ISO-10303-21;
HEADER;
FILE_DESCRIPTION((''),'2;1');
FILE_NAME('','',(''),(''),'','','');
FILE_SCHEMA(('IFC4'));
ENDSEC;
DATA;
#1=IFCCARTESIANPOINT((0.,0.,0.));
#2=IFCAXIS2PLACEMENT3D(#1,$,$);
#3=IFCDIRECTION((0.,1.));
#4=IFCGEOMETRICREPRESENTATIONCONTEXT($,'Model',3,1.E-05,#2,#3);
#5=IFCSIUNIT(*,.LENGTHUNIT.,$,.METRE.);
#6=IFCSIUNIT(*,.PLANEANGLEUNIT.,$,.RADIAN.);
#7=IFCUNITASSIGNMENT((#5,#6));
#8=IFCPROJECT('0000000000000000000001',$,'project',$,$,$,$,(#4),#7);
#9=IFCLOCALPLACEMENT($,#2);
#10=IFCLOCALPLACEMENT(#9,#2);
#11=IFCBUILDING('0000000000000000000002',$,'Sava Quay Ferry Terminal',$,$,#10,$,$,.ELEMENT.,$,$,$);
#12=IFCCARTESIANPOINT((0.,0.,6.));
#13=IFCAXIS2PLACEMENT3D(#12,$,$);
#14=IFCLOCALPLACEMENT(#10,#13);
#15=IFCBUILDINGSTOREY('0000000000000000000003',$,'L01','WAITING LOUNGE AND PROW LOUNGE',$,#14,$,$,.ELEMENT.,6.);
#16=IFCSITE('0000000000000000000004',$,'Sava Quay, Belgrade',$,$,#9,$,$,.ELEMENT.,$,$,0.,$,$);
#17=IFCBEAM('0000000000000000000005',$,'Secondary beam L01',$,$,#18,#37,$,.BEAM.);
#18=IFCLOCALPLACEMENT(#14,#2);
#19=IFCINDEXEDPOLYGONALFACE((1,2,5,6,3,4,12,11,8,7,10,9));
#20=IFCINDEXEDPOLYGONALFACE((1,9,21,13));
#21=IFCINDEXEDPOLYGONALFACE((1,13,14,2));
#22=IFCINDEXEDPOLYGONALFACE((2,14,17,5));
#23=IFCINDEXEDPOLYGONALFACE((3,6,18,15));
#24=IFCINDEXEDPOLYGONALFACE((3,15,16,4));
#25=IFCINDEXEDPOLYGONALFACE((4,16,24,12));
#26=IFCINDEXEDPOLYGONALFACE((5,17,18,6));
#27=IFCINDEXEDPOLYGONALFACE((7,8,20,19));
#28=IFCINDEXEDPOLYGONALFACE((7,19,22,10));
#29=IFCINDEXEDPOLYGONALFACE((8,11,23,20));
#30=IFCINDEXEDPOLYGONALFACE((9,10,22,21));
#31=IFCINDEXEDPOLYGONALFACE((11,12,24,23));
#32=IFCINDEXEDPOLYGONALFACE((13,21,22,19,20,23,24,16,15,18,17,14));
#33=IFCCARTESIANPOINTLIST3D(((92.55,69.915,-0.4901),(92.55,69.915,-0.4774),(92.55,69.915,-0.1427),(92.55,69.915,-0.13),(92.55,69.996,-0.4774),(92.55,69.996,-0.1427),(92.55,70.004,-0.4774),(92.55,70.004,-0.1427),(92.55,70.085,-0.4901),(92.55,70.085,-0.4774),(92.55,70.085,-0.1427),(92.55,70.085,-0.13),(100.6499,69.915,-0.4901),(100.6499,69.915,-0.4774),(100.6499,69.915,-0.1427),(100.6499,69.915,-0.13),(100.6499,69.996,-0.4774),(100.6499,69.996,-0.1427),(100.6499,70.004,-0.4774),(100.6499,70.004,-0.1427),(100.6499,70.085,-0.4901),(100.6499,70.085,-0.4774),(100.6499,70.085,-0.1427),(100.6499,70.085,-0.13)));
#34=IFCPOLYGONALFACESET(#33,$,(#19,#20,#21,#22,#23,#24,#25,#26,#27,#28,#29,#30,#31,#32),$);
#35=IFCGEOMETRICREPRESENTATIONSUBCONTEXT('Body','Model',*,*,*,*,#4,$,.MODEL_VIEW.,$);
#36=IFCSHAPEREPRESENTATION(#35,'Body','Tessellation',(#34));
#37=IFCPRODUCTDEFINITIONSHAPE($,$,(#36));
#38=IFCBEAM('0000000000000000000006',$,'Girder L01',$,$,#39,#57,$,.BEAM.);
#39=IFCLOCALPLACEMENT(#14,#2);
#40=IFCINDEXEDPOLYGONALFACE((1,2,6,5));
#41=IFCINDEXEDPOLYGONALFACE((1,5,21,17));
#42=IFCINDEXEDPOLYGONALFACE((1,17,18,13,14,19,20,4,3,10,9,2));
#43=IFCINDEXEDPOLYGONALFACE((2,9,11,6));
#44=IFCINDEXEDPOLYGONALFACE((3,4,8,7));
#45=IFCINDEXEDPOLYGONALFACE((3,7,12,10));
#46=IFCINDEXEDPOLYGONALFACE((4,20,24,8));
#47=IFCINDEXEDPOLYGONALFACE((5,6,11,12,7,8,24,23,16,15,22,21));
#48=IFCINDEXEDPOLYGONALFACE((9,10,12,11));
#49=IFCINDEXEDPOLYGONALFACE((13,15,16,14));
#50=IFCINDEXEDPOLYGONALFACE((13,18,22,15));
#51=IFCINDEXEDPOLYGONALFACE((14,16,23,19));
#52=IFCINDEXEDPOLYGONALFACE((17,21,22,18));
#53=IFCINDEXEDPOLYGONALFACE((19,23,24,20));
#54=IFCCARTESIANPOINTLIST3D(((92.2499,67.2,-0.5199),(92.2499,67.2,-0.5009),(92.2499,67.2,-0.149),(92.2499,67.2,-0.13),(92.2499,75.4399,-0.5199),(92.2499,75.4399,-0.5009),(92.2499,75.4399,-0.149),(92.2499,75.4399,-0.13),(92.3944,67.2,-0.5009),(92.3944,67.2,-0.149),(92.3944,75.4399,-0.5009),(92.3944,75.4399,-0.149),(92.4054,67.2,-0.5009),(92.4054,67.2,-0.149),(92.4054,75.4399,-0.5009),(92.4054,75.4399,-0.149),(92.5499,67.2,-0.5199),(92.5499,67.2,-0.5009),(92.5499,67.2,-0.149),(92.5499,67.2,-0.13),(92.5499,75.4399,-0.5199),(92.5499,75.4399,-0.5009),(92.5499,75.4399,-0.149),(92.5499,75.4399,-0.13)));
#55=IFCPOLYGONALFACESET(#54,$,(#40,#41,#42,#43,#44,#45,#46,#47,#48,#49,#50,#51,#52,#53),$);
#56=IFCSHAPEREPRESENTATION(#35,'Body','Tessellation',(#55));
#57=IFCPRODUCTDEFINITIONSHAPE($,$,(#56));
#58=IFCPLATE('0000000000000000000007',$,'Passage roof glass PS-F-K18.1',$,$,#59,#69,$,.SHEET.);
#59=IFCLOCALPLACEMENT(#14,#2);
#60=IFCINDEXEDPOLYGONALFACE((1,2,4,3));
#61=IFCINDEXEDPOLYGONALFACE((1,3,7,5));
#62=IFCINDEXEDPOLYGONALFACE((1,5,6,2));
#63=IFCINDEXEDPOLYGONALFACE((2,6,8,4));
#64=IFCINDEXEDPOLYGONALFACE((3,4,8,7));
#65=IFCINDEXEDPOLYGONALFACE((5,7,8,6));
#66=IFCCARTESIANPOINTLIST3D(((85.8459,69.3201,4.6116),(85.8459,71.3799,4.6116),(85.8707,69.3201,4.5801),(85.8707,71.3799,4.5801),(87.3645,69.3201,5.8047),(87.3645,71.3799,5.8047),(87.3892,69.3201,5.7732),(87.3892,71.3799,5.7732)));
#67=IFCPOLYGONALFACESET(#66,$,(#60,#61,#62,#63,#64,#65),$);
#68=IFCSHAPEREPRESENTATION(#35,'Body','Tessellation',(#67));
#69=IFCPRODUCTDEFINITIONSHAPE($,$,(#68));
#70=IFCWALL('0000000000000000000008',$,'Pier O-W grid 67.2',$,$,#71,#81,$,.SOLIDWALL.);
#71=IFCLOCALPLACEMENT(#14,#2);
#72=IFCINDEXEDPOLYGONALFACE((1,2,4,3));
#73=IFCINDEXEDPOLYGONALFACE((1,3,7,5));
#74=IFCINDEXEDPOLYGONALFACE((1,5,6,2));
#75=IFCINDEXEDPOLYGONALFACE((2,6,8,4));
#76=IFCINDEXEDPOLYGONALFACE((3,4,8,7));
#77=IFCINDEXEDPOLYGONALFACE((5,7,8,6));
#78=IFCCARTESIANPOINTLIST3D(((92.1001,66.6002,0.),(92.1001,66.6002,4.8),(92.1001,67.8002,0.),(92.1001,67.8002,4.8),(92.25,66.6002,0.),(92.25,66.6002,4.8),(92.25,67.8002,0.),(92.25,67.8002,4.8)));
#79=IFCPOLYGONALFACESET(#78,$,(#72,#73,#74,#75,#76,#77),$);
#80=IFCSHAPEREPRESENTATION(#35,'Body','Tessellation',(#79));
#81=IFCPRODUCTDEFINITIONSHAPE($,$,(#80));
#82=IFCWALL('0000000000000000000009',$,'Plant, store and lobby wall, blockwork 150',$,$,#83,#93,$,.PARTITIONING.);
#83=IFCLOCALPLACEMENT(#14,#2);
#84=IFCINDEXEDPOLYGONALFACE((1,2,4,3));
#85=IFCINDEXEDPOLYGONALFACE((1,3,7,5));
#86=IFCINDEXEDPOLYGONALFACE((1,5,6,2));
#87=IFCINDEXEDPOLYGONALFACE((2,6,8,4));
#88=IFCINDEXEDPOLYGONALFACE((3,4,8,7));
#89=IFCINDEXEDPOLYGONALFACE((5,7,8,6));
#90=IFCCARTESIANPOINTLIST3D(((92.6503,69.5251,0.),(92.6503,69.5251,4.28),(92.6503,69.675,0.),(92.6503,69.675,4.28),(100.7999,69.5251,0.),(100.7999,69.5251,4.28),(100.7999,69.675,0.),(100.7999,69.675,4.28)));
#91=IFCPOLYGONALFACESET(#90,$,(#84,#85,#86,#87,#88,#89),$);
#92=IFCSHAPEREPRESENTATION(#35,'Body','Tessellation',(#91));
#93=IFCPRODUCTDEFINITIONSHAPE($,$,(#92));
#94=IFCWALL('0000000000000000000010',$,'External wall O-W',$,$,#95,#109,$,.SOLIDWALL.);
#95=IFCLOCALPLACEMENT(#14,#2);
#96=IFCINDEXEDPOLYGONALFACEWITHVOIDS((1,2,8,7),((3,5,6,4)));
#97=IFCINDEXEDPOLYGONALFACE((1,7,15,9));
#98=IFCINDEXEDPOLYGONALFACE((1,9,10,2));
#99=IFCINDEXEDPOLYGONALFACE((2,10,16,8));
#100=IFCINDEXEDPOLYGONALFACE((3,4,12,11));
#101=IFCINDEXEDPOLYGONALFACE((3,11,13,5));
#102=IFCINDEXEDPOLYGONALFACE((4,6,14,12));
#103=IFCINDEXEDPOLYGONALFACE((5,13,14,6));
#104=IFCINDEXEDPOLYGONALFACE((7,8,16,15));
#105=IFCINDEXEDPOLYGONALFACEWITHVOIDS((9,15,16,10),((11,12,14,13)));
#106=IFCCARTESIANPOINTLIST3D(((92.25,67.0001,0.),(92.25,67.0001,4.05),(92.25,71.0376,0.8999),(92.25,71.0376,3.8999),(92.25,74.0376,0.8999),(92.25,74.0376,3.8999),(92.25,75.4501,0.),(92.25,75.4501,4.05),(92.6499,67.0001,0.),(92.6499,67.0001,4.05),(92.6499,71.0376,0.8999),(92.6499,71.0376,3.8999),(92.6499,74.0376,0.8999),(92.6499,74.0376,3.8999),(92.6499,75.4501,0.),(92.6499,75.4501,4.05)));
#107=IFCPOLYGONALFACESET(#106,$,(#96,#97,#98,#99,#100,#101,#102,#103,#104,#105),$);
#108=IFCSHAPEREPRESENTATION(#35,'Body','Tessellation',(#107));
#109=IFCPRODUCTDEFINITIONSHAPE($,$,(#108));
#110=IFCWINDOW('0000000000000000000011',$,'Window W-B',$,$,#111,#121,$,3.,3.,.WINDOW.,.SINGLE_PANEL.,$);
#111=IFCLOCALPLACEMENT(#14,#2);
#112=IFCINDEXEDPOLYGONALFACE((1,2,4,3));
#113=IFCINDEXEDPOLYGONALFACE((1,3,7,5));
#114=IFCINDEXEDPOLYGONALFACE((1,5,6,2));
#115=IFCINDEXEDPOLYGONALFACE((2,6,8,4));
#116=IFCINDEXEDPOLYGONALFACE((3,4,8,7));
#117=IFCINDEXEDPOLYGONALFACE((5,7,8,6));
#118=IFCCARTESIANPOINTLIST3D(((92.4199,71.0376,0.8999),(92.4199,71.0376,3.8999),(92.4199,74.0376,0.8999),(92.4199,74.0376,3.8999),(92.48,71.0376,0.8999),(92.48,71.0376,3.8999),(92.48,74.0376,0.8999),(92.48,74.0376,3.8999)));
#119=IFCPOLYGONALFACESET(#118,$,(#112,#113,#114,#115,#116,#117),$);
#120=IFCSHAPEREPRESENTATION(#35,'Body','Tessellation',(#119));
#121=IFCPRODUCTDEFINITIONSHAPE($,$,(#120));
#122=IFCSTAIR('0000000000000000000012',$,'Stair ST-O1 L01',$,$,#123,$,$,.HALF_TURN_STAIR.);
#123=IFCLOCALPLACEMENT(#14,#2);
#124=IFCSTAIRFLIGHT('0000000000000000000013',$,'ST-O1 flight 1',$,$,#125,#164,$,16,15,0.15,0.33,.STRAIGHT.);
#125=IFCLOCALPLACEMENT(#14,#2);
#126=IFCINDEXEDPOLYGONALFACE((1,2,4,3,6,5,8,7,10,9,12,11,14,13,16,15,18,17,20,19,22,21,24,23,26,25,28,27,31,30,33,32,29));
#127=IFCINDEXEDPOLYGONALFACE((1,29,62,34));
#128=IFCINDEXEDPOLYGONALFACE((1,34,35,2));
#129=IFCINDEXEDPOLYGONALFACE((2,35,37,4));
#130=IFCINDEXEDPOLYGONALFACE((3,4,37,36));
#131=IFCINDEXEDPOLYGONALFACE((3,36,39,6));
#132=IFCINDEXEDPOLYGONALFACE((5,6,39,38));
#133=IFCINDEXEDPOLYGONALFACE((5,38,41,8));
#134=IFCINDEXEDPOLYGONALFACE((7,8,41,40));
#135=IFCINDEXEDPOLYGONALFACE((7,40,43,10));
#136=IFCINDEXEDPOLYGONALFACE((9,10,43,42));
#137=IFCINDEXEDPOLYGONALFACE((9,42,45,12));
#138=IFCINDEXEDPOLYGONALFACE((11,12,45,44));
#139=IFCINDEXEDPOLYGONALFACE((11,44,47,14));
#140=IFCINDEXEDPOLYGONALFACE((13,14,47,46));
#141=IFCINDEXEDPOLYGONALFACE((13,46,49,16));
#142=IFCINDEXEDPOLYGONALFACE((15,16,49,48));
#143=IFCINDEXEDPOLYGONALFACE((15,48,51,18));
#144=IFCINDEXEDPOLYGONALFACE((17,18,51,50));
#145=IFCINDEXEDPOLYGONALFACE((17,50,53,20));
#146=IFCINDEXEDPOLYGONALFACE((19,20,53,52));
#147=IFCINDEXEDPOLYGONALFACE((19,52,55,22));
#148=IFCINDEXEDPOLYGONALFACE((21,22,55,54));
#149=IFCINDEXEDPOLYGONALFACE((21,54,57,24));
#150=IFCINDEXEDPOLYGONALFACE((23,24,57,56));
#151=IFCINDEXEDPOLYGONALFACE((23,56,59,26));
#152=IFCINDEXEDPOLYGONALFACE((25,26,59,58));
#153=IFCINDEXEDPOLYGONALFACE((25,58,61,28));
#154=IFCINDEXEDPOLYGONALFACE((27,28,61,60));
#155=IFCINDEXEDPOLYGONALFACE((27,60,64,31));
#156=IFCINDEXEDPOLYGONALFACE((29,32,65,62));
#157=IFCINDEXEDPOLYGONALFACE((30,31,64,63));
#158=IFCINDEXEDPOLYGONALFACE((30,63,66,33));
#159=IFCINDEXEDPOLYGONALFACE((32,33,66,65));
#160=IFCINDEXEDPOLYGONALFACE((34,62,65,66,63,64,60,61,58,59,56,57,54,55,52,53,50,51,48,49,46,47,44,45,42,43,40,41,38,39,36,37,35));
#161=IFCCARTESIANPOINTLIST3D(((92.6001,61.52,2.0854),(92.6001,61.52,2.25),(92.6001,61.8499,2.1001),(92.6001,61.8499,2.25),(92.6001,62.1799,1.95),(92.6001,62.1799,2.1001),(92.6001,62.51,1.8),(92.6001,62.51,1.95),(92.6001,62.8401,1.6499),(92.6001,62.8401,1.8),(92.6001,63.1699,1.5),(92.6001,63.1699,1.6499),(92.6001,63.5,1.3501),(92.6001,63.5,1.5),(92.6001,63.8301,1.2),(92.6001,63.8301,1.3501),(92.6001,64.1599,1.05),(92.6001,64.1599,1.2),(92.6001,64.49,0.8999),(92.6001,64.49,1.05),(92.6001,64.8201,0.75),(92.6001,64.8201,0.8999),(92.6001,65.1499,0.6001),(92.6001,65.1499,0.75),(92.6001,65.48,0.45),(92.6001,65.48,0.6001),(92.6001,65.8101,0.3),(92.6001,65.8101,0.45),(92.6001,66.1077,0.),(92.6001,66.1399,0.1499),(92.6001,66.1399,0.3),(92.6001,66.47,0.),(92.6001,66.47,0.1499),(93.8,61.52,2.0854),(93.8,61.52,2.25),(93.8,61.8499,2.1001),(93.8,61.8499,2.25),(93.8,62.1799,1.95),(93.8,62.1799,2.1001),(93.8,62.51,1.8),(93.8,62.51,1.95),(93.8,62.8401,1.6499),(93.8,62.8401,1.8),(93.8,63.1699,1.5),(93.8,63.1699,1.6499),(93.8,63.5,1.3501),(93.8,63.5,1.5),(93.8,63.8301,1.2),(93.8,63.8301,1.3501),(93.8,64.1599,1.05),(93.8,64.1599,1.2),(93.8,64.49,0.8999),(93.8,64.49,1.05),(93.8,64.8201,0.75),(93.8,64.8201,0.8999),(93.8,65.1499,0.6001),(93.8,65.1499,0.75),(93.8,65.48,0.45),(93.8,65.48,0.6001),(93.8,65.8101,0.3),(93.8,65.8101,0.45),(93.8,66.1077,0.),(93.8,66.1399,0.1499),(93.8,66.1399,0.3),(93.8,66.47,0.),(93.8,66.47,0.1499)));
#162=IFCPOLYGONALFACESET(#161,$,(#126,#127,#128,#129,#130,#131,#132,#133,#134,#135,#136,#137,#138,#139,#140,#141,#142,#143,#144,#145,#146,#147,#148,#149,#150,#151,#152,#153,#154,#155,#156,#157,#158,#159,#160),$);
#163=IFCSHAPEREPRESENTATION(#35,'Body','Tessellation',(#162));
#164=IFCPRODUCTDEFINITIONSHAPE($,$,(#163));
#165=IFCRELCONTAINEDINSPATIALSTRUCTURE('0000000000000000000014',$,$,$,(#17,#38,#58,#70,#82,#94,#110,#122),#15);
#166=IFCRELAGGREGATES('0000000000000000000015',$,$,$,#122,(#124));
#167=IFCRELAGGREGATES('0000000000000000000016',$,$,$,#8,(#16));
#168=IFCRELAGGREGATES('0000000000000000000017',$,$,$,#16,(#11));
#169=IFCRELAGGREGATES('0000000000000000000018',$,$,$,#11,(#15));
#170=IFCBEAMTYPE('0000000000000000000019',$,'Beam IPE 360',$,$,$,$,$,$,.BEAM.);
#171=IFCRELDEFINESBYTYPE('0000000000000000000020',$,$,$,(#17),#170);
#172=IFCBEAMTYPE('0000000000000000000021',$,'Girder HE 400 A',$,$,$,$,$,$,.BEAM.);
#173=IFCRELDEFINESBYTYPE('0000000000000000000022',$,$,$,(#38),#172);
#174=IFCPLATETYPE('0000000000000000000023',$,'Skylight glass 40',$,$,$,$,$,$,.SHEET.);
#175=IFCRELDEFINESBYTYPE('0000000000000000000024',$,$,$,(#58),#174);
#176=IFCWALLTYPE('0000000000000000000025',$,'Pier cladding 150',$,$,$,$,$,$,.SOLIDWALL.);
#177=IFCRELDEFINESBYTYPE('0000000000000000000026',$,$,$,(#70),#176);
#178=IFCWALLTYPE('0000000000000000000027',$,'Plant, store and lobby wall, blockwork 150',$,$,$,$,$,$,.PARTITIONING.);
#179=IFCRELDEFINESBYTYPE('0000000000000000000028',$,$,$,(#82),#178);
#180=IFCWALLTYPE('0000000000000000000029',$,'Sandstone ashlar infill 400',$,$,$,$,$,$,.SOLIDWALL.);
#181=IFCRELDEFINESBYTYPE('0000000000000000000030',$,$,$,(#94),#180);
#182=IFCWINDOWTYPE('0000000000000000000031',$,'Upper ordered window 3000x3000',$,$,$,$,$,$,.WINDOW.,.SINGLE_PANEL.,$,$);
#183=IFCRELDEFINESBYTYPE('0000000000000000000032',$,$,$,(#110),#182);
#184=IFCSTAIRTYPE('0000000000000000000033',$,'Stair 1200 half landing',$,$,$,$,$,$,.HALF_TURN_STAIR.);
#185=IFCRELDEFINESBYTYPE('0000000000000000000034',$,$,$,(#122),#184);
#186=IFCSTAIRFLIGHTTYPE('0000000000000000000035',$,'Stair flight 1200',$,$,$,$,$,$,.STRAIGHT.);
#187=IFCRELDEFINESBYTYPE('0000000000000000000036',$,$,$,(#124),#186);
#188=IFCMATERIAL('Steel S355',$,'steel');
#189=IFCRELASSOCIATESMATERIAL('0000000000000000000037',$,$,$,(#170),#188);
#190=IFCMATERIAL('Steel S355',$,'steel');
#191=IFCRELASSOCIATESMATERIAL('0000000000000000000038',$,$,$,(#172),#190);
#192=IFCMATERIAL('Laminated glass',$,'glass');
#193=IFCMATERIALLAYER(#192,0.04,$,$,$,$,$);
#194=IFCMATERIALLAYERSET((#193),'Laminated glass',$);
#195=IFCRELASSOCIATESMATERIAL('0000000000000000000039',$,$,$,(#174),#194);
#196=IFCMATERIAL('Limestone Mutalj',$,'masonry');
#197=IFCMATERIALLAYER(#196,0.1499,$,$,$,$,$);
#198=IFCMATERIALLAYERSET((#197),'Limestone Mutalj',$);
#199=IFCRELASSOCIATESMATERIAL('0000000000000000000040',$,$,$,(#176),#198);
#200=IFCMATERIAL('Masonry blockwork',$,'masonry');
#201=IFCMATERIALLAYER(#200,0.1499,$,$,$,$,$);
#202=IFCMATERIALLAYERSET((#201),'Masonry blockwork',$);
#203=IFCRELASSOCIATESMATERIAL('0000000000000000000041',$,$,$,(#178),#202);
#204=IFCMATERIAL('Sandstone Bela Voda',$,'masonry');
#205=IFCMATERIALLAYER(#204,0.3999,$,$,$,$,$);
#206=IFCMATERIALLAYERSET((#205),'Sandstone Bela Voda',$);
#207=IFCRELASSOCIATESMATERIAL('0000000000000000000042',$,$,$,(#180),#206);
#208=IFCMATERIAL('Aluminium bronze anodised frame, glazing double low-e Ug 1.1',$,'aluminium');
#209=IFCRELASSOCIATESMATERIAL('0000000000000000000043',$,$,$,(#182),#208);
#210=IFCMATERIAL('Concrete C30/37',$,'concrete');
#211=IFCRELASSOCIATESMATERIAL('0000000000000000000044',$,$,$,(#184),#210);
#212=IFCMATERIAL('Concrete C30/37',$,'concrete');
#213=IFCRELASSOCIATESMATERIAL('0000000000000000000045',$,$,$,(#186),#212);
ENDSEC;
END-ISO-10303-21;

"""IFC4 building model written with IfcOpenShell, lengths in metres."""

from ifc_helpers import new_model, si_unit, direction, frame, frame_2d, origin, origin_2d, place, context, subcontext, project, spatial, polyline, rectangle, i_section, outline, extrude, material, layer, layer_set, material_profile, profile_set, type_object, element, fill, aggregate, save


model = new_model("IFC4")

# Units and contexts
model_context = context("Model", 3, precision=1e-05, world=origin(), true_north=direction((0.0, 1.0)))
body_context = subcontext(model_context, "Body", "Model", "MODEL_VIEW")
ifc_project = project(units=[si_unit("LENGTHUNIT", "METRE"), si_unit("PLANEANGLEUNIT", "RADIAN")], contexts=[model_context])

# Site, building, storey
site_placement = place(None, origin())
site = spatial("IfcSite", under=ifc_project, at=site_placement, Name="Sava Quay, Belgrade", CompositionType="ELEMENT", RefElevation=0.0)
building_placement = place(site_placement, origin())
building = spatial("IfcBuilding", under=site, at=building_placement, Name="Sava Quay Ferry Terminal", CompositionType="ELEMENT")
storey_placement = place(building_placement, frame((0.0, 0.0, 6.0)))
storey = spatial("IfcBuildingStorey", under=building, at=storey_placement, Name="L01", Description="WAITING LOUNGE AND PROW LOUNGE", CompositionType="ELEMENT", Elevation=6.0)

# Beams
ifc_material_1 = material(Name="Steel S355", Category="steel")
ifc_material_profile_1 = material_profile(ifc_material_1, i_section(OverallWidth=0.1699, OverallDepth=0.3601, WebThickness=0.0081, FlangeThickness=0.0127, at=origin_2d()), Name="IPE 360")
ifc_profile_set_1 = profile_set([ifc_material_profile_1], Name="Steel S355")
beam_type_1 = type_object("IfcBeamType", Name="Beam IPE 360", PredefinedType="BEAM", material=ifc_profile_set_1)
beam_1_placement = place(storey_placement, frame((92.55, 70.0, -0.3101), z_axis=(1.0, 0.0, 0.0), x_axis=(0.0, 1.0, 0.0)))
element("IfcBeam", 1, at=beam_1_placement, inside=storey, type_object=beam_type_1, Name="Secondary beam L01", PredefinedType="BEAM", context=body_context, shape_type="SweptSolid", body=[
    extrude(i_section(OverallWidth=0.1699, OverallDepth=0.3601, WebThickness=0.0081, FlangeThickness=0.0127, at=origin_2d()), origin(), (0.0, 0.0, 1.0), 8.0999),
])
ifc_material_2 = material(Name="Steel S355", Category="steel")
ifc_material_profile_2 = material_profile(ifc_material_2, i_section(OverallWidth=0.3, OverallDepth=0.3899, WebThickness=0.011, FlangeThickness=0.019, at=origin_2d()), Name="HE 400 A")
ifc_profile_set_2 = profile_set([ifc_material_profile_2], Name="Steel S355")
beam_type_2 = type_object("IfcBeamType", Name="Girder HE 400 A", PredefinedType="BEAM", material=ifc_profile_set_2)
beam_2_placement = place(storey_placement, frame((92.3999, 67.2, -0.325), z_axis=(0.0, 1.0, 0.0), x_axis=(-1.0, 0.0, 0.0)))
element("IfcBeam", 2, at=beam_2_placement, inside=storey, type_object=beam_type_2, Name="Girder L01", PredefinedType="BEAM", context=body_context, shape_type="SweptSolid", body=[
    extrude(i_section(OverallWidth=0.3, OverallDepth=0.3899, WebThickness=0.011, FlangeThickness=0.019, at=origin_2d()), origin(), (0.0, 0.0, 1.0), 8.24),
])

# Plate
ifc_material_3 = material(Name="Laminated glass", Category="glass")
ifc_layer_1 = layer(ifc_material_3, 0.04)
ifc_layer_set_1 = layer_set([ifc_layer_1], Name="Laminated glass")
plate_type = type_object("IfcPlateType", Name="Skylight glass 40", PredefinedType="SHEET", material=ifc_layer_set_1)
plate_placement = place(storey_placement, frame((85.8459, 71.3799, 4.6116), z_axis=(-0.61781, 0.0, 0.786327), x_axis=(0.786327, 0.0, 0.61781)))
element("IfcPlate", 3, at=plate_placement, inside=storey, type_object=plate_type, Name="Passage roof glass PS-F-K18.1", PredefinedType="SHEET", context=body_context, shape_type="SweptSolid", body=[
    extrude(outline(polyline([(0.0, 0.0), (1.9312, 0.0), (1.9312, -2.0598), (0.0, -2.0598), (0.0, 0.0)])), origin(), (0.0, 0.0, -1.0), 0.04),
])

# Walls
ifc_material_4 = material(Name="Limestone Mutalj", Category="masonry")
ifc_layer_2 = layer(ifc_material_4, 0.1499)
ifc_layer_set_2 = layer_set([ifc_layer_2], Name="Limestone Mutalj")
wall_type_1 = type_object("IfcWallType", Name="Pier cladding 150", PredefinedType="SOLIDWALL", material=ifc_layer_set_2)
wall_1_placement = place(storey_placement, frame((92.175, 66.6001, 0.0), z_axis=(0.0, 0.0, 1.0), x_axis=(0.0, 1.0, 0.0)))
element("IfcWall", 4, at=wall_1_placement, inside=storey, type_object=wall_type_1, Name="Pier O-W grid 67.2", PredefinedType="SOLIDWALL", context=body_context, shape_type="SweptSolid", body=[
    extrude(rectangle(XDim=1.2, YDim=0.1499, at=frame_2d((0.6001, 0.0))), origin(), (0.0, 0.0, 1.0), 4.8),
])
ifc_material_5 = material(Name="Masonry blockwork", Category="masonry")
ifc_layer_3 = layer(ifc_material_5, 0.1499)
ifc_layer_set_3 = layer_set([ifc_layer_3], Name="Masonry blockwork")
wall_type_2 = type_object("IfcWallType", Name="Plant, store and lobby wall, blockwork 150", PredefinedType="PARTITIONING", material=ifc_layer_set_3)
wall_2_placement = place(storey_placement, frame((92.6504, 69.6001, 0.0), z_axis=(0.0, 0.0, 1.0), x_axis=(1.0, 0.0, 0.0)))
element("IfcWall", 5, at=wall_2_placement, inside=storey, type_object=wall_type_2, Name="Plant, store and lobby wall, blockwork 150", PredefinedType="PARTITIONING", context=body_context, shape_type="SweptSolid", body=[
    extrude(rectangle(XDim=8.1497, YDim=0.1499, at=frame_2d((4.0747, 0.0))), origin(), (0.0, 0.0, 1.0), 4.28),
])

# Wall, opening, window
ifc_material_6 = material(Name="Sandstone Bela Voda", Category="masonry")
ifc_layer_4 = layer(ifc_material_6, 0.3999)
ifc_layer_set_4 = layer_set([ifc_layer_4], Name="Sandstone Bela Voda")
wall_type_3 = type_object("IfcWallType", Name="Sandstone ashlar infill 400", PredefinedType="SOLIDWALL", material=ifc_layer_set_4)
wall_3_placement = place(storey_placement, frame((92.45, 67.0, 0.0), z_axis=(0.0, 0.0, 1.0), x_axis=(0.0, 1.0, 0.0)))
wall_3 = element("IfcWall", 6, at=wall_3_placement, inside=storey, type_object=wall_type_3, Name="External wall O-W", PredefinedType="SOLIDWALL", context=body_context, shape_type="SweptSolid", body=[
    extrude(rectangle(XDim=8.45, YDim=0.3999, at=frame_2d((4.2251, 0.0))), origin(), (0.0, 0.0, 1.0), 4.05),
])
opening_1_placement = place(wall_3_placement, frame((4.0376, 0.0, 0.8999)))
opening_1 = element("IfcOpeningElement", 7, at=opening_1_placement, cuts=wall_3, PredefinedType="OPENING", context=body_context, shape_type="SweptSolid", body=[
    extrude(rectangle(XDim=3.0, YDim=3.0, at=frame_2d((1.5, 1.5))), frame((0.0, 0.2, 0.0), z_axis=(0.0, -1.0, 0.0), x_axis=(1.0, 0.0, 0.0)), (0.0, 0.0, 1.0), 0.3999),
])
ifc_material_7 = material(Name="Aluminium bronze anodised frame, glazing double low-e Ug 1.1", Category="aluminium")
window_type = type_object("IfcWindowType", Name="Upper ordered window 3000x3000", PartitioningType="SINGLE_PANEL", PredefinedType="WINDOW", material=ifc_material_7)
window_placement = place(opening_1_placement, origin())
window = element("IfcWindow", 8, at=window_placement, inside=storey, type_object=window_type, Name="Window W-B", OverallHeight=3.0, OverallWidth=3.0, PartitioningType="SINGLE_PANEL", PredefinedType="WINDOW", context=body_context, shape_type="SweptSolid", body=[
    extrude(rectangle(XDim=3.0, YDim=3.0, at=frame_2d((1.5, 1.5))), frame((0.0, 0.03, 0.0), z_axis=(0.0, -1.0, 0.0), x_axis=(1.0, 0.0, 0.0)), (0.0, 0.0, 1.0), 0.0601),
])
fill(opening_1, window)

# Stair, stair flight
ifc_material_8 = material(Name="Concrete C30/37", Category="concrete")
stair_type = type_object("IfcStairType", Name="Stair 1200 half landing", PredefinedType="HALF_TURN_STAIR", material=ifc_material_8)
stair_placement = place(storey_placement, origin())
stair = element("IfcStair", 9, at=stair_placement, inside=storey, type_object=stair_type, Name="Stair ST-O1 L01", PredefinedType="HALF_TURN_STAIR")
ifc_material_9 = material(Name="Concrete C30/37", Category="concrete")
stair_flight_type = type_object("IfcStairFlightType", Name="Stair flight 1200", PredefinedType="STRAIGHT", material=ifc_material_9)
stair_flight_placement = place(storey_placement, frame((93.2, 66.47, 0.0), z_axis=(0.0, 0.0, 1.0), x_axis=(0.0, -1.0, 0.0)))
stair_flight = element("IfcStairFlight", 10, at=stair_flight_placement, type_object=stair_flight_type, Name="ST-O1 flight 1", NumberOfRisers=16, NumberOfTreads=15, PredefinedType="STRAIGHT", RiserHeight=0.15, TreadLength=0.33, context=body_context, shape_type="SweptSolid", body=[
    extrude(outline(polyline([(0.0, 0.0), (0.0, 0.1499), (0.3301, 0.1499), (0.3301, 0.3), (0.6599, 0.3), (0.6599, 0.45), (0.99, 0.45), (0.99, 0.6001), (1.3201, 0.6001), (1.3201, 0.75), (1.6499, 0.75), (1.6499, 0.8999), (1.98, 0.8999), (1.98, 1.05), (2.3101, 1.05), (2.3101, 1.2), (2.6399, 1.2), (2.6399, 1.3501), (2.97, 1.3501), (2.97, 1.5), (3.3, 1.5), (3.3, 1.6499), (3.6299, 1.6499), (3.6299, 1.8), (3.96, 1.8), (3.96, 1.95), (4.29, 1.95), (4.29, 2.1001), (4.6201, 2.1001), (4.6201, 2.25), (4.95, 2.25), (4.95, 2.3999), (4.95, 2.0854), (0.3623, 0.0), (0.0, 0.0)])), frame((0.0, 0.6001, 0.0), z_axis=(0.0, -1.0, 0.0), x_axis=(1.0, 0.0, 0.0)), (0.0, 0.0, 1.0), 1.2),
])
aggregate(stair, [stair_flight])

save(model, "model.ifc")
